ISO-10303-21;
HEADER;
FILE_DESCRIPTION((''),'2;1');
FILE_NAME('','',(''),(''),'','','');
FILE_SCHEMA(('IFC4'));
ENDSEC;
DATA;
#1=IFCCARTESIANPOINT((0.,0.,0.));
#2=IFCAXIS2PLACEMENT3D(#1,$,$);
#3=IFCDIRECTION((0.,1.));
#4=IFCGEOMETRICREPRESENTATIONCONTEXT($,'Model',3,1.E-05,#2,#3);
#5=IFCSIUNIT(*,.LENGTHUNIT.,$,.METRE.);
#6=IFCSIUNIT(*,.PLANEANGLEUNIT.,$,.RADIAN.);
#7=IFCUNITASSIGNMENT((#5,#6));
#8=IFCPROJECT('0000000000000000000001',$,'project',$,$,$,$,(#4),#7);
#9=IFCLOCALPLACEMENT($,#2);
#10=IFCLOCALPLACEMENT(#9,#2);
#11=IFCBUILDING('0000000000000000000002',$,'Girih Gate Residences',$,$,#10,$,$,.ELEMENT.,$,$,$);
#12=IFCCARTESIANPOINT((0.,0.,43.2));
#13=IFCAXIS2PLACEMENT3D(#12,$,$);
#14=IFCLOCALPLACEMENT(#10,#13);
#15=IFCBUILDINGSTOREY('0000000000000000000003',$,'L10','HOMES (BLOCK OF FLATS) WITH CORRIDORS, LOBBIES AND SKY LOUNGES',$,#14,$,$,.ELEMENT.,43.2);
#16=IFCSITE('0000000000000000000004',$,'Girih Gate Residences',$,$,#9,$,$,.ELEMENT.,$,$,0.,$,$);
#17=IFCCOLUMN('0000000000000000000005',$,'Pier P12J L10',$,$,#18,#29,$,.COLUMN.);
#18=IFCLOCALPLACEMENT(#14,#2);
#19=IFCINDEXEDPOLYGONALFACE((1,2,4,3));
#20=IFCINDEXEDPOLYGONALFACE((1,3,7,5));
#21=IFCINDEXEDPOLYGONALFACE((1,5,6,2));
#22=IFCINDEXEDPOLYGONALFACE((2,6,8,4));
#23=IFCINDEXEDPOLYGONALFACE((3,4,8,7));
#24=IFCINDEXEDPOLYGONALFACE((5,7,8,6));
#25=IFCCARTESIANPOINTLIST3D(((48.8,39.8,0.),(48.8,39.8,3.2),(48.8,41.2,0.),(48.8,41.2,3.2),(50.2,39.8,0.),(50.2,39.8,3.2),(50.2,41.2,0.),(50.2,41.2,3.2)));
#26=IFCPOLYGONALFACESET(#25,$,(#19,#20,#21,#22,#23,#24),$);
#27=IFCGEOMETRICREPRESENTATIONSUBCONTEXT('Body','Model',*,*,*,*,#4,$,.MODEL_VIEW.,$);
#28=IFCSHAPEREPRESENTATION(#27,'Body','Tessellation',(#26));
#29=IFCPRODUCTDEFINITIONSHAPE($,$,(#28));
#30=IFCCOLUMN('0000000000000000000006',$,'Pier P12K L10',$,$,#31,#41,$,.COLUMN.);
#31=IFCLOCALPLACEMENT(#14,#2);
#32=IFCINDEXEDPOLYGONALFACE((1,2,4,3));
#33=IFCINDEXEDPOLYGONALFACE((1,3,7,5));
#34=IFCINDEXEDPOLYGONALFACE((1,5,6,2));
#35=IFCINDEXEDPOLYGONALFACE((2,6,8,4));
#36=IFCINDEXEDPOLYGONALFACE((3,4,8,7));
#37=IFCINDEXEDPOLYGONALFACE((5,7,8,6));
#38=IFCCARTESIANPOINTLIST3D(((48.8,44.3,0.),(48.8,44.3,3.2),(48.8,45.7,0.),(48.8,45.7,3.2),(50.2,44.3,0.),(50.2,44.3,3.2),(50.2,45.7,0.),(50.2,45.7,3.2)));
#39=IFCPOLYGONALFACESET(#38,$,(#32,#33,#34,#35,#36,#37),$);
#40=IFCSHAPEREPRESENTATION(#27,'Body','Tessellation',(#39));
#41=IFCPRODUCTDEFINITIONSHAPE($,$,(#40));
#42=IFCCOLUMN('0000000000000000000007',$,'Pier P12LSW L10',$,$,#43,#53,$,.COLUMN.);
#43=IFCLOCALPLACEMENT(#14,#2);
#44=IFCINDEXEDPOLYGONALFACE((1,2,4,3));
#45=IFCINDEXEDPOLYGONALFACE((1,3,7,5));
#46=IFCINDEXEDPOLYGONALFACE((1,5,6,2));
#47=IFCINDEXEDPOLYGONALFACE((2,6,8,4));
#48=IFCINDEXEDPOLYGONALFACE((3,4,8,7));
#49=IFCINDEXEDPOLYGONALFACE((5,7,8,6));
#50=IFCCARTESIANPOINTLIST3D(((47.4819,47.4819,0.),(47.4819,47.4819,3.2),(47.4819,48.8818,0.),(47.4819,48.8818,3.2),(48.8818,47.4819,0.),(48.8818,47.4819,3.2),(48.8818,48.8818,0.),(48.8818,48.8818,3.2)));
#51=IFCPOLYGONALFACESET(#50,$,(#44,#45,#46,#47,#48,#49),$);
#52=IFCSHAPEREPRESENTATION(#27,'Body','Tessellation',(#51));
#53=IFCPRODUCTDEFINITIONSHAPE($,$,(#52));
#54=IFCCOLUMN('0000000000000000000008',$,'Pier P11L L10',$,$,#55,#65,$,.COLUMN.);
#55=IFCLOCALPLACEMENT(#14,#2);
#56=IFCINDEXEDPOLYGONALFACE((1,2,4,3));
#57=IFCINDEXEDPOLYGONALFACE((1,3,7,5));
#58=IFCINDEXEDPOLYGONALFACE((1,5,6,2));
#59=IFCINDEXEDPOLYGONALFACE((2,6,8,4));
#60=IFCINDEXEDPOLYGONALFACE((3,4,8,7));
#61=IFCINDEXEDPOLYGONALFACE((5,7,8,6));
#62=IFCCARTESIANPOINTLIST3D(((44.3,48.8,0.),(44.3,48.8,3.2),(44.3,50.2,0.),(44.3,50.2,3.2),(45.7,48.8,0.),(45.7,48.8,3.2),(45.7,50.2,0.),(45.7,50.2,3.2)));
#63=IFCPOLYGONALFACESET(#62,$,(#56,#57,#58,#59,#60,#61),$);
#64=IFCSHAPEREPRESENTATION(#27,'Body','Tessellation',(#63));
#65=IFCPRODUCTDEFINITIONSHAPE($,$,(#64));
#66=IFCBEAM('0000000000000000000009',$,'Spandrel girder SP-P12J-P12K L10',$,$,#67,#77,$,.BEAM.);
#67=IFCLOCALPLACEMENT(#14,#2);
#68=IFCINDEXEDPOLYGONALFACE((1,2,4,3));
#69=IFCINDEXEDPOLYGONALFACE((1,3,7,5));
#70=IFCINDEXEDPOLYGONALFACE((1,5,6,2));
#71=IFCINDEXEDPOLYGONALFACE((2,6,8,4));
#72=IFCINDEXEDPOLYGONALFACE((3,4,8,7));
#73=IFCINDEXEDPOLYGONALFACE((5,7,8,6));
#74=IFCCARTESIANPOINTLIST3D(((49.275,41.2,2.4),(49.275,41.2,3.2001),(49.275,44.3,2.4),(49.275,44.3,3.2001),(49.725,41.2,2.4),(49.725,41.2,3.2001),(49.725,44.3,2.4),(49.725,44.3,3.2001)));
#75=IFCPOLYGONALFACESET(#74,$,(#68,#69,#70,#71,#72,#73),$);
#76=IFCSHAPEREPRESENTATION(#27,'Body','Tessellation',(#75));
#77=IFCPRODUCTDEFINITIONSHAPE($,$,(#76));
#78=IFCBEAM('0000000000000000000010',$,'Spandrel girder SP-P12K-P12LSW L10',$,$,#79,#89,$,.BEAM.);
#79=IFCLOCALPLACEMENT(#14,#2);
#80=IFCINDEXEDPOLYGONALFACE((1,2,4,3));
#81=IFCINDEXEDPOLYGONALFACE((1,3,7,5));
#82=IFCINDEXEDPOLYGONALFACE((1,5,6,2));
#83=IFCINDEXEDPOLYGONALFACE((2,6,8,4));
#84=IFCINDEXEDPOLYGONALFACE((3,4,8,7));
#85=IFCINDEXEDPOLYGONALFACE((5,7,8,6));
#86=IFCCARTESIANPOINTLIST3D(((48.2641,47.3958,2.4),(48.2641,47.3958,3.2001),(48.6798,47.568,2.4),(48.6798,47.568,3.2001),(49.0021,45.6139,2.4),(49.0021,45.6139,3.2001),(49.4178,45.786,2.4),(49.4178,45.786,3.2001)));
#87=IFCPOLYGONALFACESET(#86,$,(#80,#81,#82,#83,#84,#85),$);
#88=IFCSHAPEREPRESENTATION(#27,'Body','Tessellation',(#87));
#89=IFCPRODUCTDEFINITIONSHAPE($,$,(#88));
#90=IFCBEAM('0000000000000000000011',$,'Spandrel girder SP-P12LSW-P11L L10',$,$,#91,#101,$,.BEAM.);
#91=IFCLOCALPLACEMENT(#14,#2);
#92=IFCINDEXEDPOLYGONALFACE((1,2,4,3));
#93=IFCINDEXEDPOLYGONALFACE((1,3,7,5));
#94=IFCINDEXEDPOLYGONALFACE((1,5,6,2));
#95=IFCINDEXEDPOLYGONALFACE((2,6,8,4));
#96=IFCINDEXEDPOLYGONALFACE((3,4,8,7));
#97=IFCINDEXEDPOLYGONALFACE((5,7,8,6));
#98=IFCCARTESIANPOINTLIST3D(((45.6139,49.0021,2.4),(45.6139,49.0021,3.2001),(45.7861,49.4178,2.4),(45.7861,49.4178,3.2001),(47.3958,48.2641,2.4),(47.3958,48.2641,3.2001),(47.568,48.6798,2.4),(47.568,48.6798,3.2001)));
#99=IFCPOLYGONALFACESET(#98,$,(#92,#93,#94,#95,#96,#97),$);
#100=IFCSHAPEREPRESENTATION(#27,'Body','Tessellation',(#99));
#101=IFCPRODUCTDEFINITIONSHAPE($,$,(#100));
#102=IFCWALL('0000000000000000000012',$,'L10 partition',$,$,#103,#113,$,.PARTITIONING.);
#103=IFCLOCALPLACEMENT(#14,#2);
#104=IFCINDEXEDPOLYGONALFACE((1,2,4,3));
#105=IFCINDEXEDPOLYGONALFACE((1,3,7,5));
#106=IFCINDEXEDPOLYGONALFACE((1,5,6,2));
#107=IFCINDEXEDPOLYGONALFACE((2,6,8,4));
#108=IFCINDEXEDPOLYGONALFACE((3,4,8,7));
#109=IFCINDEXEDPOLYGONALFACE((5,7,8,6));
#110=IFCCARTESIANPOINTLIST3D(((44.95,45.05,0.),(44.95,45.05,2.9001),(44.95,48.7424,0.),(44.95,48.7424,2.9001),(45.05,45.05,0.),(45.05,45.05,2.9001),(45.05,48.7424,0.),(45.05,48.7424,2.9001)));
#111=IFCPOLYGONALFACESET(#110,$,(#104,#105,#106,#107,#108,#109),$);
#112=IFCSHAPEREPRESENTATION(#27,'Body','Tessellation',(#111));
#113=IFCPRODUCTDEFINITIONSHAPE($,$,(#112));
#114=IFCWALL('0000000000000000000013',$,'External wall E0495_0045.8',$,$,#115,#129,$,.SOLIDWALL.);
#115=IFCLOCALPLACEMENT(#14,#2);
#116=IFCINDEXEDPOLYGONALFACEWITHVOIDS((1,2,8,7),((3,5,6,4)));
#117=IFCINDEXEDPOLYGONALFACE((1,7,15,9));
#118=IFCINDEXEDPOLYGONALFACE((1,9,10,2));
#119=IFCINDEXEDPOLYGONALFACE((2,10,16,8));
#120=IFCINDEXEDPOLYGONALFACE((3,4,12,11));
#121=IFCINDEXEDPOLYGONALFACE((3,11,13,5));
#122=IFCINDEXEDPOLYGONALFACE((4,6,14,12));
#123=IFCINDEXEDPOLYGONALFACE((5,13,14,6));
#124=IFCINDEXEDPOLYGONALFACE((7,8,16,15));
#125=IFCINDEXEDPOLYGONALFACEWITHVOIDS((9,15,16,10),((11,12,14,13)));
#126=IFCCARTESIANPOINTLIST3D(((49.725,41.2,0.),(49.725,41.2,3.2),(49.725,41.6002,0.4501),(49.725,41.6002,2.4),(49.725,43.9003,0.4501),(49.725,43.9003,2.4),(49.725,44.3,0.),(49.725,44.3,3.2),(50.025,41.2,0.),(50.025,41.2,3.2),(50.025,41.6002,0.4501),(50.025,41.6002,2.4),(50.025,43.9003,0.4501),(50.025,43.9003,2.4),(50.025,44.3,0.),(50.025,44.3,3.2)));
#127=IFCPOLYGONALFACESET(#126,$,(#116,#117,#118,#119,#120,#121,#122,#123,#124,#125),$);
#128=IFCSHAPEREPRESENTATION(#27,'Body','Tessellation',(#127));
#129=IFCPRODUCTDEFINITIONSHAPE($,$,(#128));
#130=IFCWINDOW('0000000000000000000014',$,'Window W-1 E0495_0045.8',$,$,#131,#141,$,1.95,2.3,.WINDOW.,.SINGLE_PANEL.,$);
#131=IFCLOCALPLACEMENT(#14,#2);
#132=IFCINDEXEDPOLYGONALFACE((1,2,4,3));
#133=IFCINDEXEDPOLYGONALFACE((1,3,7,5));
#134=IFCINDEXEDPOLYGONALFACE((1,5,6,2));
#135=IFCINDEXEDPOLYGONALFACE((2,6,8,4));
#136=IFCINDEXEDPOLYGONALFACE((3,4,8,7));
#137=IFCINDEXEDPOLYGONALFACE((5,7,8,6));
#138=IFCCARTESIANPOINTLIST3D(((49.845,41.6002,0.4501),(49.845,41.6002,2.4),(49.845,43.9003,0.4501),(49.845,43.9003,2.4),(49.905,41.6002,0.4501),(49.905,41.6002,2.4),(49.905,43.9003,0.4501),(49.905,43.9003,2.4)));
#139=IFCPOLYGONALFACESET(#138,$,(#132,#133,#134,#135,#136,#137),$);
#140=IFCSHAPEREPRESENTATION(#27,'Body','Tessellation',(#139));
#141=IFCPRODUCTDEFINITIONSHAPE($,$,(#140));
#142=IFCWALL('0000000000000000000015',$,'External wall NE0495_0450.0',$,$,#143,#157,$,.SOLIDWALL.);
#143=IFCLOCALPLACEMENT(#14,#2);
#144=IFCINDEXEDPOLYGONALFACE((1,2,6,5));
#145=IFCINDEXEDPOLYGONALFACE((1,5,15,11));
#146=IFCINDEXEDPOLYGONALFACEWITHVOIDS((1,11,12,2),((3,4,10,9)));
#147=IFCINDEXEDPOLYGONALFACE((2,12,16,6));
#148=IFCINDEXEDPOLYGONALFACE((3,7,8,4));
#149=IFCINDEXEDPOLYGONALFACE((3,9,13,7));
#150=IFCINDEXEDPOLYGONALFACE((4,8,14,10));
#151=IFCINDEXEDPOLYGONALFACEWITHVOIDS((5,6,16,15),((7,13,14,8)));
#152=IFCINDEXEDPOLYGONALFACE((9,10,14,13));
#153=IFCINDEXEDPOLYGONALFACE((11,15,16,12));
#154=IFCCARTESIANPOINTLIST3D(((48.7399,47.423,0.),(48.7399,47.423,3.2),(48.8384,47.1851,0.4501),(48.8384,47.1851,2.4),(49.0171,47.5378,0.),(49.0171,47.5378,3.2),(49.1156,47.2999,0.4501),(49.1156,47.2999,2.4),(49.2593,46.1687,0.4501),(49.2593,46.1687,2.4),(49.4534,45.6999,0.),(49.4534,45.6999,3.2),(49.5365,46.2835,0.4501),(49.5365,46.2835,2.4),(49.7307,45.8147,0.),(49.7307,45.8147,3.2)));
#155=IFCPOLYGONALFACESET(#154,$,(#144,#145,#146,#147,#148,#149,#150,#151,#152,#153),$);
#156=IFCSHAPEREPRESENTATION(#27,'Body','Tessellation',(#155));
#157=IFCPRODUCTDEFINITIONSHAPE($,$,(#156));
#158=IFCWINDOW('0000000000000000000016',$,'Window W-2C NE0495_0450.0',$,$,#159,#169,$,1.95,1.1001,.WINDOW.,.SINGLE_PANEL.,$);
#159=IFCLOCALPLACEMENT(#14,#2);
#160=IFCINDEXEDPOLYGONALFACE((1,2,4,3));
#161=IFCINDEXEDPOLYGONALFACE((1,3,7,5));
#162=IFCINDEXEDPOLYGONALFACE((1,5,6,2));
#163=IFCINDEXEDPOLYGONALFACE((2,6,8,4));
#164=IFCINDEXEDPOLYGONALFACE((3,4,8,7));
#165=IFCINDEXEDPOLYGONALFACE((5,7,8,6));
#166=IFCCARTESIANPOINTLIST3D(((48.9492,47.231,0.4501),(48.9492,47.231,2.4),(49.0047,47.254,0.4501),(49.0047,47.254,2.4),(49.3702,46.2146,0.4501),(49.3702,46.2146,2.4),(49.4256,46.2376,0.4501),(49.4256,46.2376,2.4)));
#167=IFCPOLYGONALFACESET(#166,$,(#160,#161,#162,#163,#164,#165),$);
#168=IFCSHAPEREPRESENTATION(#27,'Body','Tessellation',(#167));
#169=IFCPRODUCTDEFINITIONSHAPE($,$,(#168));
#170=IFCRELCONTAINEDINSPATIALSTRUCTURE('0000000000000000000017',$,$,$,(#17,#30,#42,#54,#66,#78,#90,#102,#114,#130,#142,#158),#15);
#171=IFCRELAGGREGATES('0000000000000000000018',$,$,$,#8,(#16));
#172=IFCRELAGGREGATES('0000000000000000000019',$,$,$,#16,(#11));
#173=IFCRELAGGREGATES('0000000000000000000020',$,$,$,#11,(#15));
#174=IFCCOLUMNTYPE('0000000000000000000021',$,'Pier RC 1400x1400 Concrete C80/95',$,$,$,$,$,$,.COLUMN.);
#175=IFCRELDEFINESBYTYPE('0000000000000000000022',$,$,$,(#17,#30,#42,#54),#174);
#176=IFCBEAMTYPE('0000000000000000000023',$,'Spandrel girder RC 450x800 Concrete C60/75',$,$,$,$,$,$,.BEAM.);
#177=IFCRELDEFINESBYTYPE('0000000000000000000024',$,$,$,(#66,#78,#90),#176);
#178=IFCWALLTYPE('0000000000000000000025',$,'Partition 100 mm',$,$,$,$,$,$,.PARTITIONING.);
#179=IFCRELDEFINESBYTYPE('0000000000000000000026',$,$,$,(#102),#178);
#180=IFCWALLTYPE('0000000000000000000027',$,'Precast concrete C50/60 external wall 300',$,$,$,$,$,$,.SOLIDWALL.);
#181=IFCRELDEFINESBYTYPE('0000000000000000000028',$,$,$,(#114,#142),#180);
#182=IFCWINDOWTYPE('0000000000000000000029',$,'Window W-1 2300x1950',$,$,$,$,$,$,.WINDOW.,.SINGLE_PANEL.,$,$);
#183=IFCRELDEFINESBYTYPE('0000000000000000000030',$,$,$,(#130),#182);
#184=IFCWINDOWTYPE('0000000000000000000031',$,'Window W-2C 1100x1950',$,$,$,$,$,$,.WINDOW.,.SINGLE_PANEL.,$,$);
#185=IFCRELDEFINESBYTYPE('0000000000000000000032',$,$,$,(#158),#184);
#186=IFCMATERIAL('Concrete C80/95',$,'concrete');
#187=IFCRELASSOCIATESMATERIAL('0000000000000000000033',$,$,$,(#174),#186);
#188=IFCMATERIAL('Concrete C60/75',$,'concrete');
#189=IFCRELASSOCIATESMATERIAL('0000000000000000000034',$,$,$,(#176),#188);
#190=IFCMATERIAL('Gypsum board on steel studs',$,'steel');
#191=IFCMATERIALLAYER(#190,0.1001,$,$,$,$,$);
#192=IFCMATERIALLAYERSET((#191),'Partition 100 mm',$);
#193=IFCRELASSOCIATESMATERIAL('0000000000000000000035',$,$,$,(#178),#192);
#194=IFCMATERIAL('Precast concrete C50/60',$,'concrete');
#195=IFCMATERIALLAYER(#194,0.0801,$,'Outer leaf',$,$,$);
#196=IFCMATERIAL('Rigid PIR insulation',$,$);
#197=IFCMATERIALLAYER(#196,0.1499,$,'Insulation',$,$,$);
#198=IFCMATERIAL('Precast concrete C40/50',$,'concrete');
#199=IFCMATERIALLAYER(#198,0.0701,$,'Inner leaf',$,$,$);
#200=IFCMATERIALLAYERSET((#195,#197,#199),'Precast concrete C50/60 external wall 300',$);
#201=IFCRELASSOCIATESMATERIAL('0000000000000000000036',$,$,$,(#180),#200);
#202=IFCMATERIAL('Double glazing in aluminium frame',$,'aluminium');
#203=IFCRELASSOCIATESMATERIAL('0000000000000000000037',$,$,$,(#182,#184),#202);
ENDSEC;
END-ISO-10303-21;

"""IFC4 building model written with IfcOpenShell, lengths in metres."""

from ifc_helpers import new_model, si_unit, direction, frame, frame_2d, origin, origin_2d, place, context, subcontext, project, spatial, rectangle, extrude, material, layer, layer_set, material_profile, profile_set, type_object, element, fill, save


model = new_model("IFC4")

# Units and contexts
model_context = context("Model", 3, precision=1e-05, world=origin(), true_north=direction((0.0, 1.0)))
body_context = subcontext(model_context, "Body", "Model", "MODEL_VIEW")
ifc_project = project(units=[si_unit("LENGTHUNIT", "METRE"), si_unit("PLANEANGLEUNIT", "RADIAN")], contexts=[model_context])

# Site, building, storey
site_placement = place(None, origin())
site = spatial("IfcSite", under=ifc_project, at=site_placement, Name="Girih Gate Residences", CompositionType="ELEMENT", RefElevation=0.0)
building_placement = place(site_placement, origin())
building = spatial("IfcBuilding", under=site, at=building_placement, Name="Girih Gate Residences", CompositionType="ELEMENT")
storey_placement = place(building_placement, frame((0.0, 0.0, 43.2)))
storey = spatial("IfcBuildingStorey", under=building, at=storey_placement, Name="L10", Description="HOMES (BLOCK OF FLATS) WITH CORRIDORS, LOBBIES AND SKY LOUNGES", CompositionType="ELEMENT", Elevation=43.2)

# Columns
ifc_material_1 = material(Name="Concrete C80/95", Category="concrete")
ifc_material_profile_1 = material_profile(ifc_material_1, rectangle(XDim=1.3999, YDim=1.3999, at=origin_2d()))
ifc_profile_set_1 = profile_set([ifc_material_profile_1], Name="Concrete C80/95")
column_type = type_object("IfcColumnType", Name="Pier RC 1400x1400 Concrete C80/95", PredefinedType="COLUMN", material=ifc_profile_set_1)
for number, where, z_axis, x_axis, name in (
    (1, (49.5, 40.5, 0.0), (0.0, 0.0, 1.0), (1.0, 0.0, 0.0), "Pier P12J L10"),
    (2, (49.5, 45.0, 0.0), (0.0, 0.0, 1.0), (1.0, 0.0, 0.0), "Pier P12K L10"),
    (3, (48.1819, 48.1819, 0.0), (0.0, 0.0, 1.0), (1.0, 0.0, 0.0), "Pier P12LSW L10"),
    (4, (45.0, 49.5, 0.0), (0.0, 0.0, 1.0), (1.0, 0.0, 0.0), "Pier P11L L10"),
):
    element("IfcColumn", number, at=place(storey_placement, frame(where, z_axis=z_axis, x_axis=x_axis)), inside=storey, type_object=column_type, Name=name, PredefinedType="COLUMN", context=body_context, shape_type="SweptSolid", body=[
        extrude(rectangle(XDim=1.3999, YDim=1.3999, at=origin_2d()), origin(), (0.0, 0.0, 1.0), 3.2),
    ])

# Beams
ifc_material_2 = material(Name="Concrete C60/75", Category="concrete")
ifc_material_profile_2 = material_profile(ifc_material_2, rectangle(XDim=0.45, YDim=0.8, at=origin_2d()))
ifc_profile_set_2 = profile_set([ifc_material_profile_2], Name="Concrete C60/75")
beam_type = type_object("IfcBeamType", Name="Spandrel girder RC 450x800 Concrete C60/75", PredefinedType="BEAM", material=ifc_profile_set_2)
beam_placement = place(storey_placement, frame((49.5, 41.2, 2.8), z_axis=(0.0, 1.0, 0.0), x_axis=(-1.0, 0.0, 0.0)))
element("IfcBeam", 5, at=beam_placement, inside=storey, type_object=beam_type, Name="Spandrel girder SP-P12J-P12K L10", PredefinedType="BEAM", context=body_context, shape_type="SweptSolid", body=[
    extrude(rectangle(XDim=0.45, YDim=0.8, at=origin_2d()), origin(), (0.0, 0.0, 1.0), 3.1001),
])
for number, where, z_axis, x_axis, name in (
    (6, (49.21, 45.7, 2.8), (-0.382646, 0.923895, 0.0), (-0.923895, -0.382646, 0.0), "Spandrel girder SP-P12K-P12LSW L10"),
    (7, (47.4819, 48.4719, 2.8), (-0.923895, 0.382646, 0.0), (-0.382646, -0.923895, 0.0), "Spandrel girder SP-P12LSW-P11L L10"),
):
    element("IfcBeam", number, at=place(storey_placement, frame(where, z_axis=z_axis, x_axis=x_axis)), inside=storey, type_object=beam_type, Name=name, PredefinedType="BEAM", context=body_context, shape_type="SweptSolid", body=[
        extrude(rectangle(XDim=0.45, YDim=0.8, at=origin_2d()), origin(), (0.0, 0.0, 1.0), 1.9287),
    ])

# Wall
ifc_material_3 = material(Name="Gypsum board on steel studs", Category="steel")
ifc_layer_1 = layer(ifc_material_3, 0.1001)
ifc_layer_set_1 = layer_set([ifc_layer_1], Name="Partition 100 mm")
wall_type_1 = type_object("IfcWallType", Name="Partition 100 mm", PredefinedType="PARTITIONING", material=ifc_layer_set_1)
wall_1_placement = place(storey_placement, frame((45.0, 45.05, 0.0), z_axis=(0.0, 0.0, 1.0), x_axis=(0.0, 1.0, 0.0)))
element("IfcWall", 8, at=wall_1_placement, inside=storey, type_object=wall_type_1, Name="L10 partition", PredefinedType="PARTITIONING", context=body_context, shape_type="SweptSolid", body=[
    extrude(rectangle(XDim=3.6924, YDim=0.1001, at=frame_2d((1.8462, 0.0))), origin(), (0.0, 0.0, 1.0), 2.9001),
])

# Walls, openings, windows
ifc_material_4 = material(Name="Precast concrete C50/60", Category="concrete")
ifc_layer_2 = layer(ifc_material_4, 0.0801, Name="Outer leaf")
ifc_material_5 = material(Name="Rigid PIR insulation")
ifc_layer_3 = layer(ifc_material_5, 0.1499, Name="Insulation")
ifc_material_6 = material(Name="Precast concrete C40/50", Category="concrete")
ifc_layer_4 = layer(ifc_material_6, 0.0701, Name="Inner leaf")
ifc_layer_set_2 = layer_set([ifc_layer_2, ifc_layer_3, ifc_layer_4], Name="Precast concrete C50/60 external wall 300")
wall_type_2 = type_object("IfcWallType", Name="Precast concrete C50/60 external wall 300", PredefinedType="SOLIDWALL", material=ifc_layer_set_2)
wall_2_placement = place(storey_placement, frame((49.875, 44.3, 0.0), z_axis=(0.0, 0.0, 1.0), x_axis=(0.0, -1.0, 0.0)))
wall_2 = element("IfcWall", 9, at=wall_2_placement, inside=storey, type_object=wall_type_2, Name="External wall E0495_0045.8", PredefinedType="SOLIDWALL", context=body_context, shape_type="SweptSolid", body=[
    extrude(rectangle(XDim=3.1001, YDim=0.3, at=frame_2d((1.55, 0.0))), origin(), (0.0, 0.0, 1.0), 3.2),
])
opening_1_placement = place(wall_2_placement, frame((0.3999, 0.0, 0.45)))
opening_1 = element("IfcOpeningElement", 10, at=opening_1_placement, cuts=wall_2, PredefinedType="OPENING", context=body_context, shape_type="SweptSolid", body=[
    extrude(rectangle(XDim=2.3, YDim=1.95, at=frame_2d((1.1499, 0.9751))), frame((0.0, 0.1599, 0.0), z_axis=(0.0, -1.0, 0.0), x_axis=(1.0, 0.0, 0.0)), (0.0, 0.0, 1.0), 0.3201),
])
ifc_material_7 = material(Name="Double glazing in aluminium frame", Category="aluminium")
window_type_1 = type_object("IfcWindowType", Name="Window W-1 2300x1950", PartitioningType="SINGLE_PANEL", PredefinedType="WINDOW", material=ifc_material_7)
window_1_placement = place(opening_1_placement, origin())
window_1 = element("IfcWindow", 11, at=window_1_placement, inside=storey, type_object=window_type_1, Name="Window W-1 E0495_0045.8", OverallHeight=1.95, OverallWidth=2.3, PartitioningType="SINGLE_PANEL", PredefinedType="WINDOW", context=body_context, shape_type="SweptSolid", body=[
    extrude(rectangle(XDim=2.3, YDim=1.95, at=frame_2d((1.1499, 0.9751))), frame((0.0, 0.03, 0.0), z_axis=(0.0, -1.0, 0.0), x_axis=(1.0, 0.0, 0.0)), (0.0, 0.0, 1.0), 0.0601),
])
fill(opening_1, window_1)
wall_3_placement = place(storey_placement, frame((48.8784, 47.4805, 0.0), z_axis=(0.0, 0.0, 1.0), x_axis=(0.382625, -0.923904, 0.0)))
wall_3 = element("IfcWall", 12, at=wall_3_placement, inside=storey, type_object=wall_type_2, Name="External wall NE0495_0450.0", PredefinedType="SOLIDWALL", context=body_context, shape_type="SweptSolid", body=[
    extrude(rectangle(XDim=1.865, YDim=0.3, at=frame_2d((0.9326, 0.0))), origin(), (0.0, 0.0, 1.0), 3.2),
])
opening_2_placement = place(wall_3_placement, frame((0.2576, 0.0, 0.45)))
opening_2 = element("IfcOpeningElement", 13, at=opening_2_placement, cuts=wall_3, PredefinedType="OPENING", context=body_context, shape_type="SweptSolid", body=[
    extrude(rectangle(XDim=1.1001, YDim=1.95, at=frame_2d((0.55, 0.9751))), frame((0.0, 0.1599, 0.0), z_axis=(0.0, -1.0, 0.0), x_axis=(1.0, 0.0, 0.0)), (0.0, 0.0, 1.0), 0.3201),
])
window_type_2 = type_object("IfcWindowType", Name="Window W-2C 1100x1950", PartitioningType="SINGLE_PANEL", PredefinedType="WINDOW", material=ifc_material_7)
window_2_placement = place(opening_2_placement, origin())
window_2 = element("IfcWindow", 14, at=window_2_placement, inside=storey, type_object=window_type_2, Name="Window W-2C NE0495_0450.0", OverallHeight=1.95, OverallWidth=1.1001, PartitioningType="SINGLE_PANEL", PredefinedType="WINDOW", context=body_context, shape_type="SweptSolid", body=[
    extrude(rectangle(XDim=1.1001, YDim=1.95, at=frame_2d((0.55, 0.9751))), frame((0.0, 0.03, 0.0), z_axis=(0.0, -1.0, 0.0), x_axis=(1.0, 0.0, 0.0)), (0.0, 0.0, 1.0), 0.0601),
])
fill(opening_2, window_2)

save(model, "model.ifc")
